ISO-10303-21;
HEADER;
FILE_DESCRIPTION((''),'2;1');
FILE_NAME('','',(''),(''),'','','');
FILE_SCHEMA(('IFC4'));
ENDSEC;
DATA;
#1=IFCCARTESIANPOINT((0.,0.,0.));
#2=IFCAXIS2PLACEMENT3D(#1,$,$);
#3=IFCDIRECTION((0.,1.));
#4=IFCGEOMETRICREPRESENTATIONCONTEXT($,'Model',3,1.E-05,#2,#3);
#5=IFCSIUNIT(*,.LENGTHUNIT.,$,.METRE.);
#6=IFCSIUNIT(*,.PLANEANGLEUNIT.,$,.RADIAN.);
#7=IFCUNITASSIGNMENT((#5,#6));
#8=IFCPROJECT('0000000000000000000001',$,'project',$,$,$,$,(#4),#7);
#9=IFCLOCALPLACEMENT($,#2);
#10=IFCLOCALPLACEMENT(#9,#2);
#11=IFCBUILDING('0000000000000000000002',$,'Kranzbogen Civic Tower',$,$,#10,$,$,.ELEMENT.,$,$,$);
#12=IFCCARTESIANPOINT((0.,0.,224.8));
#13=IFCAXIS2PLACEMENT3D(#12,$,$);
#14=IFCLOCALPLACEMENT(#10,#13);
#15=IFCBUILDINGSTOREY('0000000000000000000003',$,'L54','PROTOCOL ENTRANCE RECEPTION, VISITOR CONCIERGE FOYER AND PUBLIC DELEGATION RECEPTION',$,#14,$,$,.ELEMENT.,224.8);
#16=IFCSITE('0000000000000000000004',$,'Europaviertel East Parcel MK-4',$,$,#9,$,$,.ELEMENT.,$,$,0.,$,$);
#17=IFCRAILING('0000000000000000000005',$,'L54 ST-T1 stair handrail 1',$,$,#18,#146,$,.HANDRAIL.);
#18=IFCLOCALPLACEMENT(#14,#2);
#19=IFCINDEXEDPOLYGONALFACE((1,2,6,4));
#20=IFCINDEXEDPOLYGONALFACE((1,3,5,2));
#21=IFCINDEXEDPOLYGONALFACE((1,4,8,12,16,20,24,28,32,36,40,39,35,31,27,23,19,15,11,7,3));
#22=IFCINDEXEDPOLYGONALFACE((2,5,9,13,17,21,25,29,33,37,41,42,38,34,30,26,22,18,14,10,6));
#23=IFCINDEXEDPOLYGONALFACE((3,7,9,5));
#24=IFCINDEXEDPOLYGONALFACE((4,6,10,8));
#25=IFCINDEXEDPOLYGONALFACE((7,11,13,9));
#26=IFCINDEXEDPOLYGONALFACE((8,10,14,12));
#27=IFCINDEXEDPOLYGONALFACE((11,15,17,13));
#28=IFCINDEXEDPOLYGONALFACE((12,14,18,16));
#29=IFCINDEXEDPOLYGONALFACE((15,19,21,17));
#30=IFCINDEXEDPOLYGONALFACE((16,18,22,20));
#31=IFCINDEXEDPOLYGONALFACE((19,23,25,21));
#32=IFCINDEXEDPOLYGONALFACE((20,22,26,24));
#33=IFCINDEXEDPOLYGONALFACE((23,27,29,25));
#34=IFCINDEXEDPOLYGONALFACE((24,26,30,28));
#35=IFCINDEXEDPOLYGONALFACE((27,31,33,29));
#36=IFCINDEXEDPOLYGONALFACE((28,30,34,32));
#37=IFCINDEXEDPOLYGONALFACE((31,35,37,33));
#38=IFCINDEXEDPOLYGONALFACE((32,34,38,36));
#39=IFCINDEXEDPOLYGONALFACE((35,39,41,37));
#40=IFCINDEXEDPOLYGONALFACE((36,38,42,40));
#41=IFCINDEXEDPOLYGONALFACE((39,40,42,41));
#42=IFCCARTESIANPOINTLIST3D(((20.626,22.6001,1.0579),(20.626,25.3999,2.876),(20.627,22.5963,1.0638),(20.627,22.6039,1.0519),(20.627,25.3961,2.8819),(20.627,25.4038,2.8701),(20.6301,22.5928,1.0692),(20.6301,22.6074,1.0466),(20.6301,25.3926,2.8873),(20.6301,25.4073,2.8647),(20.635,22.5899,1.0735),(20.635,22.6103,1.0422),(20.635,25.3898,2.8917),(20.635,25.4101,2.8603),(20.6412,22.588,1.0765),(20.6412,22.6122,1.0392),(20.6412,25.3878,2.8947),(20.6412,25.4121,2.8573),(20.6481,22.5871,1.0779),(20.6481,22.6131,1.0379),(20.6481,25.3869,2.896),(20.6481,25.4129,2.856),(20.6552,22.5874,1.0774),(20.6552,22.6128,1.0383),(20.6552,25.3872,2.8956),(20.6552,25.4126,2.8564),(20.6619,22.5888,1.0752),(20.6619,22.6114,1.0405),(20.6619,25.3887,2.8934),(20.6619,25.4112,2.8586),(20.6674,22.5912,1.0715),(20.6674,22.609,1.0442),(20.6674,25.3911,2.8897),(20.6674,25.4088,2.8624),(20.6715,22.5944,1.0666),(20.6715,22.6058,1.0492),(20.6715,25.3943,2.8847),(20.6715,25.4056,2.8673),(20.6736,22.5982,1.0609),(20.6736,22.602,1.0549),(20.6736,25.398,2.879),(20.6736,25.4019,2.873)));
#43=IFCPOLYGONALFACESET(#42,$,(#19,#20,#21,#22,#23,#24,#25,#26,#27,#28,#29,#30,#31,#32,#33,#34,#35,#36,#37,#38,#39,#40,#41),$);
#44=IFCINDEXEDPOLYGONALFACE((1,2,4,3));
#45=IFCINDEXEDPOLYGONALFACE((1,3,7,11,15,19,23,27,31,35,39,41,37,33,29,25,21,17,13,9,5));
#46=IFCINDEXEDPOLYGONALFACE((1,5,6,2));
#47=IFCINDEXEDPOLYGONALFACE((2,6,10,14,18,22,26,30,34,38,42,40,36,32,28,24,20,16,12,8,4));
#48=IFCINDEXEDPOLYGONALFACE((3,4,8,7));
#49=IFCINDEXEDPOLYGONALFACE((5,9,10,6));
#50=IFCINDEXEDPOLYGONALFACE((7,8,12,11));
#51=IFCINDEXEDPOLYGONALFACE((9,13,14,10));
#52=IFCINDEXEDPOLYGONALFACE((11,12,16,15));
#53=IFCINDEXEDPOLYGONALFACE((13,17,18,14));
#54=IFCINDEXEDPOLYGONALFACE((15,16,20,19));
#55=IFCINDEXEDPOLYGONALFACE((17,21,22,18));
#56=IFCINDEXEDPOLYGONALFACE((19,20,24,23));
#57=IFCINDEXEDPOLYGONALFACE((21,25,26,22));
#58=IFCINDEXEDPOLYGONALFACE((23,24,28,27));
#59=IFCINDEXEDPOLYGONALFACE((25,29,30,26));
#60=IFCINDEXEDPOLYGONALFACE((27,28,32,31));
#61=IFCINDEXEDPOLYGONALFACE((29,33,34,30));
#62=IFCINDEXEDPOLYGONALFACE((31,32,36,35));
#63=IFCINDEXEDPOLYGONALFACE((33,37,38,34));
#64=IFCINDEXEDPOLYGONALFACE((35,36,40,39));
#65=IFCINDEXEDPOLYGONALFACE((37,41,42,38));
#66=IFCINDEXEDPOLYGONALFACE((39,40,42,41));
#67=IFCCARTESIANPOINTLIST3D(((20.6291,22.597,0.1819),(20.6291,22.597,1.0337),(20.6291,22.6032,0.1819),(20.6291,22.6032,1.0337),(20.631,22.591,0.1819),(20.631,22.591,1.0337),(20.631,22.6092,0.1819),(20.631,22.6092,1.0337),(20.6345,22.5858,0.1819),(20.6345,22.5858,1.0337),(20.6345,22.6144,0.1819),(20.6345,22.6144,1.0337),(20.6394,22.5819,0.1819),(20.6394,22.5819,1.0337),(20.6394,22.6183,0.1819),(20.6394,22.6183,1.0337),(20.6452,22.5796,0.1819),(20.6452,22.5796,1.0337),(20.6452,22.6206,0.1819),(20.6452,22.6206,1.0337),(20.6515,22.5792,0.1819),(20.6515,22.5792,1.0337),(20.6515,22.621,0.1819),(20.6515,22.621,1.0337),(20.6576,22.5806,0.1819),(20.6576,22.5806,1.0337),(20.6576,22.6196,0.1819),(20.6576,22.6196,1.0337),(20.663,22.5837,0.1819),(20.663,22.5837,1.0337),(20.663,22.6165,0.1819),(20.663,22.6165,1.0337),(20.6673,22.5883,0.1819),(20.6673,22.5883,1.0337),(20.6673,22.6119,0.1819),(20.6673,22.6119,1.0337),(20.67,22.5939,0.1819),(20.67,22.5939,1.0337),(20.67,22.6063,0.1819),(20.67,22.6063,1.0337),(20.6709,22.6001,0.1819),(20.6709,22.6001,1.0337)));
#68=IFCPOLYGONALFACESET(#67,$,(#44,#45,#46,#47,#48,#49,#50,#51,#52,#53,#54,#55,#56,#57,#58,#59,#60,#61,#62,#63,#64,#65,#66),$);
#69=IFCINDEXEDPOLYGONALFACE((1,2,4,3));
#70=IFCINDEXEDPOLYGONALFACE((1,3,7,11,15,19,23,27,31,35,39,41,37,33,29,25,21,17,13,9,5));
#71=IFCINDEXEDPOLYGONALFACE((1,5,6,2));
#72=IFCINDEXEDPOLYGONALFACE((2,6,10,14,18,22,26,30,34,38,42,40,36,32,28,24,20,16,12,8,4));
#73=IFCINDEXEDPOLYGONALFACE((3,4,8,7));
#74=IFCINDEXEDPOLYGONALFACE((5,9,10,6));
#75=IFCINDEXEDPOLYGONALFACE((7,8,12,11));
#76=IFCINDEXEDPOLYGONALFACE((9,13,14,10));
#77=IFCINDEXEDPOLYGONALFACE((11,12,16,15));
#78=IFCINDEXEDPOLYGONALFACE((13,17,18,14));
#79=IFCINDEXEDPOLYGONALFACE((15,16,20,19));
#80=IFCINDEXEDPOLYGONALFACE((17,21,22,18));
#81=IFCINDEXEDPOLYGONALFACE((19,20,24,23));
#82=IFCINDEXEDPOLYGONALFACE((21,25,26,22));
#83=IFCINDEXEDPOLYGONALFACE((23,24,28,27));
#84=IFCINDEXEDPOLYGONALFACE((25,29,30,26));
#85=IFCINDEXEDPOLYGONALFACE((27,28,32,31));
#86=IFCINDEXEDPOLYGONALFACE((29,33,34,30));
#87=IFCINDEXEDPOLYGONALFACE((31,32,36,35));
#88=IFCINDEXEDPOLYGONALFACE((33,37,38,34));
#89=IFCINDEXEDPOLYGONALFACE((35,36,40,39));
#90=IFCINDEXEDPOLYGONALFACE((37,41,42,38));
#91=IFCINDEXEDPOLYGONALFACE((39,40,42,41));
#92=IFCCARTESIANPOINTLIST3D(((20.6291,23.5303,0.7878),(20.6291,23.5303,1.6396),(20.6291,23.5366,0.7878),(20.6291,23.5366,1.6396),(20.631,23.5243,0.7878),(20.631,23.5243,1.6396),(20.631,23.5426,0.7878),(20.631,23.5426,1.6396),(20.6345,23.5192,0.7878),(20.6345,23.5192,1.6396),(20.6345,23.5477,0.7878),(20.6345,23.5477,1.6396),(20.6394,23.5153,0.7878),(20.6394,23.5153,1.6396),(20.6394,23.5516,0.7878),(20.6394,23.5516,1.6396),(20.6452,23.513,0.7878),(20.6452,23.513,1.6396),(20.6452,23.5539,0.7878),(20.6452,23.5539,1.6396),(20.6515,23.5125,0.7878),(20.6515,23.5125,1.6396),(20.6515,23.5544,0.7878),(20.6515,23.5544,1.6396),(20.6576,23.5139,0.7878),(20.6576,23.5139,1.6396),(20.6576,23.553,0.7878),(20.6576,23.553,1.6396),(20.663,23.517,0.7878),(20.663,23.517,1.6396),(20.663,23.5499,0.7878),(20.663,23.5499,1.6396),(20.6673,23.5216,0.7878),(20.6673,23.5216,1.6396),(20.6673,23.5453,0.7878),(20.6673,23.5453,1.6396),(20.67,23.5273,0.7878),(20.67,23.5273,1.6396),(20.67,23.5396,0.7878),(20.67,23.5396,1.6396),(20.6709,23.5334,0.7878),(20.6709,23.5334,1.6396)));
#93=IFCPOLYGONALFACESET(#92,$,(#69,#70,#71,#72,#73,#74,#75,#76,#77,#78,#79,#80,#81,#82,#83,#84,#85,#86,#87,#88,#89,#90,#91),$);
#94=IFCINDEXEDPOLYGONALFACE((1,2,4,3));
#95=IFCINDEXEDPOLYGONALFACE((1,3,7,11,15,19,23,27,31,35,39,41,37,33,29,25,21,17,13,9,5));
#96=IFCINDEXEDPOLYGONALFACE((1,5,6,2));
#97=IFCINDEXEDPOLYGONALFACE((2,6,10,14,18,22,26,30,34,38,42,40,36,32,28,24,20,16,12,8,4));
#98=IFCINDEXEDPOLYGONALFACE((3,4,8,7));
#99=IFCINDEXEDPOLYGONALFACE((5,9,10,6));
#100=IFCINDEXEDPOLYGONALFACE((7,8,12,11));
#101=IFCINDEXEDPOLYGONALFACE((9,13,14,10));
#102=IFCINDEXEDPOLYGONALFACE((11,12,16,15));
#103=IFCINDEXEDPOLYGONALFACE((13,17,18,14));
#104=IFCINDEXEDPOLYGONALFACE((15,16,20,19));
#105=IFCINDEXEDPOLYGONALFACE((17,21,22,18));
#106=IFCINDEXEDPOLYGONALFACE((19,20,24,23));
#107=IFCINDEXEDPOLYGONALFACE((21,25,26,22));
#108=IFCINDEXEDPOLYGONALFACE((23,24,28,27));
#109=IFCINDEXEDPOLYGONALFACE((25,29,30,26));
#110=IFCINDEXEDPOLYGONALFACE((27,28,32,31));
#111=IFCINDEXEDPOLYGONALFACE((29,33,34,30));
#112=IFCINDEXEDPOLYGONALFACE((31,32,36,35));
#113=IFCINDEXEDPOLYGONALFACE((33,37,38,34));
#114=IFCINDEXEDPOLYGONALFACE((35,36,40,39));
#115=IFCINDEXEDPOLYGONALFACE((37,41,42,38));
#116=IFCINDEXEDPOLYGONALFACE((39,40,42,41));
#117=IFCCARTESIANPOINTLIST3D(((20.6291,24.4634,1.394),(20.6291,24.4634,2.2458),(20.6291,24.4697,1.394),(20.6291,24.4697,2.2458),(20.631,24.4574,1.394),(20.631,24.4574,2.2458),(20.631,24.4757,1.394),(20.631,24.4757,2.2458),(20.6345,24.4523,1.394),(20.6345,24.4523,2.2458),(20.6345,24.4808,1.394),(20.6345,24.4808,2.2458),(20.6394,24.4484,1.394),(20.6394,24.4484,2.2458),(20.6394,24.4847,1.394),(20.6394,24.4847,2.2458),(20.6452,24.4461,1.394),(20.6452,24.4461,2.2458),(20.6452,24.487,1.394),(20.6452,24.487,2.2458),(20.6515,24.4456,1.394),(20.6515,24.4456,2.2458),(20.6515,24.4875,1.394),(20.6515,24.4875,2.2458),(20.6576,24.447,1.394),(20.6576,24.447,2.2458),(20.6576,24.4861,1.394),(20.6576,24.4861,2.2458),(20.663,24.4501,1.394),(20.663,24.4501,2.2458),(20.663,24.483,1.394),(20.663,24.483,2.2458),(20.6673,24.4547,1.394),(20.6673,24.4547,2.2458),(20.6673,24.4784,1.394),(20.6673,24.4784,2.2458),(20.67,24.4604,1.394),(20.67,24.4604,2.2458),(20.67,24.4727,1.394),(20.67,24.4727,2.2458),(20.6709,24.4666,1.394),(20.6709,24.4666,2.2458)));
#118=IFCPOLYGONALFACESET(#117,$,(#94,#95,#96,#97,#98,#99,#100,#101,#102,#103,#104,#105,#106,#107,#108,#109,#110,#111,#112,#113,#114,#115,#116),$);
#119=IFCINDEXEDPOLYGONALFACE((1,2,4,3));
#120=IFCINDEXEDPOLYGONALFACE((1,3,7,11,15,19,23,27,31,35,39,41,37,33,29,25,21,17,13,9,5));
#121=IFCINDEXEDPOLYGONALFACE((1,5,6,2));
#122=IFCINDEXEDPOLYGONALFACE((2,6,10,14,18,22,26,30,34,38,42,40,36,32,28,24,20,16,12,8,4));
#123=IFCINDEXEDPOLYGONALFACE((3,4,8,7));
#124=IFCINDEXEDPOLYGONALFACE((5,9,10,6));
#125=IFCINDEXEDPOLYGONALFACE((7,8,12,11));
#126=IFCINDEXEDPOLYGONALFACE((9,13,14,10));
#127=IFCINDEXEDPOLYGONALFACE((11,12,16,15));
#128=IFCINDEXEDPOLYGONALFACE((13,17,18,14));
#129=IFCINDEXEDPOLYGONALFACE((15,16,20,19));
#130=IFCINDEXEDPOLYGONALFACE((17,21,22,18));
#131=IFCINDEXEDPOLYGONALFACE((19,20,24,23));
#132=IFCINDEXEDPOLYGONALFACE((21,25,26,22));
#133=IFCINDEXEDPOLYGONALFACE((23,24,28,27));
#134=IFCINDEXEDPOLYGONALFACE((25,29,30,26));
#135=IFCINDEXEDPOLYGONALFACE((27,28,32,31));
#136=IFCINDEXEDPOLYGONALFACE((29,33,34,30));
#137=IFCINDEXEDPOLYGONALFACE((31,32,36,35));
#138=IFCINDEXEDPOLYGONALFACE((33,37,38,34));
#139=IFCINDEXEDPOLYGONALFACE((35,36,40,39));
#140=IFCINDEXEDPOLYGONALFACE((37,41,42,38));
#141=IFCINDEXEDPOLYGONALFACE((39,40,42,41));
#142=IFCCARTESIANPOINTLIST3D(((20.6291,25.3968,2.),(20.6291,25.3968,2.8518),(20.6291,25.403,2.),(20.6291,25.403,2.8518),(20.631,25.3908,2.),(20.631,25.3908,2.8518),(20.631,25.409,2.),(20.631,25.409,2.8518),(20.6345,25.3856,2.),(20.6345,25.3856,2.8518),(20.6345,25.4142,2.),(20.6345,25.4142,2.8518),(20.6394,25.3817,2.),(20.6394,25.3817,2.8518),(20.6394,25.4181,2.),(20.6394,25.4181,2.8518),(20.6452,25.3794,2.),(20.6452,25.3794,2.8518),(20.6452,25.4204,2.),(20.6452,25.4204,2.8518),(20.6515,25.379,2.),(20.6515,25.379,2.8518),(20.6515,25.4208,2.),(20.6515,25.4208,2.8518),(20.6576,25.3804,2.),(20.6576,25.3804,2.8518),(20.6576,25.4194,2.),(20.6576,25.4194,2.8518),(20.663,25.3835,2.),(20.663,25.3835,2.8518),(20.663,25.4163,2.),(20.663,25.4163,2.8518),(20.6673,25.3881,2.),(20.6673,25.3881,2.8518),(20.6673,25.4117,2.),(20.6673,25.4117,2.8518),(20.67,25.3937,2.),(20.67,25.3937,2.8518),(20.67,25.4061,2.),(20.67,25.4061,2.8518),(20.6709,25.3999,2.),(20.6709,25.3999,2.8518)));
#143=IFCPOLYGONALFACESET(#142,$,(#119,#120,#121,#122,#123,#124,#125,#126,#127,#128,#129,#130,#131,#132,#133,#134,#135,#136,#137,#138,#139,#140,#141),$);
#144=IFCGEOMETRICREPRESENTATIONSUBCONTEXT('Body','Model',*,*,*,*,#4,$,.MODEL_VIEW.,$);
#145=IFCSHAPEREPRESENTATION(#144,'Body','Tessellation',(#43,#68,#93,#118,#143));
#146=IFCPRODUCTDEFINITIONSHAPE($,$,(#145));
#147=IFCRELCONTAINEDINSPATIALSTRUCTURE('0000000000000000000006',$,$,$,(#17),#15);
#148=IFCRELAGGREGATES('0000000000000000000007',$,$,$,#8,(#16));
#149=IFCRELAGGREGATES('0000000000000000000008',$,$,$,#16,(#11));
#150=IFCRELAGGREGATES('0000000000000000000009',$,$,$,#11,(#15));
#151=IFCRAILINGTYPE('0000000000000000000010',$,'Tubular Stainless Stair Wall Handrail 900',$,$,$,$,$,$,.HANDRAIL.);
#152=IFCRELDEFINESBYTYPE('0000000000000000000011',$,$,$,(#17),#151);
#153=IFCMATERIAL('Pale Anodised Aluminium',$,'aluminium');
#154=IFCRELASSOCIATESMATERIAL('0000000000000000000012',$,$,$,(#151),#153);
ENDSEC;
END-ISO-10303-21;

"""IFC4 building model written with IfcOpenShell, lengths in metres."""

from ifc_helpers import new_model, si_unit, direction, frame, origin, origin_2d, place, context, subcontext, project, spatial, circle, extrude, material, type_object, element, save


model = new_model("IFC4")

# Units and contexts
model_context = context("Model", 3, precision=1e-05, world=origin(), true_north=direction((0.0, 1.0)))
body_context = subcontext(model_context, "Body", "Model", "MODEL_VIEW")
ifc_project = project(units=[si_unit("LENGTHUNIT", "METRE"), si_unit("PLANEANGLEUNIT", "RADIAN")], contexts=[model_context])

# Site, building, storey
site_placement = place(None, origin())
site = spatial("IfcSite", under=ifc_project, at=site_placement, Name="Europaviertel East Parcel MK-4", CompositionType="ELEMENT", RefElevation=0.0)
building_placement = place(site_placement, origin())
building = spatial("IfcBuilding", under=site, at=building_placement, Name="Kranzbogen Civic Tower", CompositionType="ELEMENT")
storey_placement = place(building_placement, frame((0.0, 0.0, 224.8)))
storey = spatial("IfcBuildingStorey", under=building, at=storey_placement, Name="L54", Description="PROTOCOL ENTRANCE RECEPTION, VISITOR CONCIERGE FOYER AND PUBLIC DELEGATION RECEPTION", CompositionType="ELEMENT", Elevation=224.8)

# Shared definitions
ifc_material_1 = material(Name="Pale Anodised Aluminium", Category="aluminium")

# Railing
railing_type_1 = type_object("IfcRailingType", Name="Tubular Stainless Stair Wall Handrail 900", PredefinedType="HANDRAIL", material=ifc_material_1)
railing_1_placement = place(storey_placement, frame((20.6499, 22.6001, 0.1819)))
element("IfcRailing", 1, at=railing_1_placement, inside=storey, type_object=railing_type_1, Name="L54 ST-T1 stair handrail 1", PredefinedType="HANDRAIL", context=body_context, shape_type="SweptSolid", body=[
    extrude(circle(Radius=0.0239, at=origin_2d()), frame((0.0, 0.0, 0.876), z_axis=(0.0, 0.838684, 0.544618), x_axis=(-1.0, 0.0, 0.0)), (0.0, 0.0, 1.0), 3.3384),
    extrude(circle(Radius=0.021, at=origin_2d()), origin(), (0.0, 0.0, 1.0), 0.8518),
    extrude(circle(Radius=0.021, at=origin_2d()), frame((0.0, 0.9333, 0.606)), (0.0, 0.0, 1.0), 0.8518),
    extrude(circle(Radius=0.021, at=origin_2d()), frame((0.0, 1.8665, 1.2122)), (0.0, 0.0, 1.0), 0.8518),
    extrude(circle(Radius=0.021, at=origin_2d()), frame((0.0, 2.7998, 1.8181)), (0.0, 0.0, 1.0), 0.8518),
])

save(model, "model.ifc")
